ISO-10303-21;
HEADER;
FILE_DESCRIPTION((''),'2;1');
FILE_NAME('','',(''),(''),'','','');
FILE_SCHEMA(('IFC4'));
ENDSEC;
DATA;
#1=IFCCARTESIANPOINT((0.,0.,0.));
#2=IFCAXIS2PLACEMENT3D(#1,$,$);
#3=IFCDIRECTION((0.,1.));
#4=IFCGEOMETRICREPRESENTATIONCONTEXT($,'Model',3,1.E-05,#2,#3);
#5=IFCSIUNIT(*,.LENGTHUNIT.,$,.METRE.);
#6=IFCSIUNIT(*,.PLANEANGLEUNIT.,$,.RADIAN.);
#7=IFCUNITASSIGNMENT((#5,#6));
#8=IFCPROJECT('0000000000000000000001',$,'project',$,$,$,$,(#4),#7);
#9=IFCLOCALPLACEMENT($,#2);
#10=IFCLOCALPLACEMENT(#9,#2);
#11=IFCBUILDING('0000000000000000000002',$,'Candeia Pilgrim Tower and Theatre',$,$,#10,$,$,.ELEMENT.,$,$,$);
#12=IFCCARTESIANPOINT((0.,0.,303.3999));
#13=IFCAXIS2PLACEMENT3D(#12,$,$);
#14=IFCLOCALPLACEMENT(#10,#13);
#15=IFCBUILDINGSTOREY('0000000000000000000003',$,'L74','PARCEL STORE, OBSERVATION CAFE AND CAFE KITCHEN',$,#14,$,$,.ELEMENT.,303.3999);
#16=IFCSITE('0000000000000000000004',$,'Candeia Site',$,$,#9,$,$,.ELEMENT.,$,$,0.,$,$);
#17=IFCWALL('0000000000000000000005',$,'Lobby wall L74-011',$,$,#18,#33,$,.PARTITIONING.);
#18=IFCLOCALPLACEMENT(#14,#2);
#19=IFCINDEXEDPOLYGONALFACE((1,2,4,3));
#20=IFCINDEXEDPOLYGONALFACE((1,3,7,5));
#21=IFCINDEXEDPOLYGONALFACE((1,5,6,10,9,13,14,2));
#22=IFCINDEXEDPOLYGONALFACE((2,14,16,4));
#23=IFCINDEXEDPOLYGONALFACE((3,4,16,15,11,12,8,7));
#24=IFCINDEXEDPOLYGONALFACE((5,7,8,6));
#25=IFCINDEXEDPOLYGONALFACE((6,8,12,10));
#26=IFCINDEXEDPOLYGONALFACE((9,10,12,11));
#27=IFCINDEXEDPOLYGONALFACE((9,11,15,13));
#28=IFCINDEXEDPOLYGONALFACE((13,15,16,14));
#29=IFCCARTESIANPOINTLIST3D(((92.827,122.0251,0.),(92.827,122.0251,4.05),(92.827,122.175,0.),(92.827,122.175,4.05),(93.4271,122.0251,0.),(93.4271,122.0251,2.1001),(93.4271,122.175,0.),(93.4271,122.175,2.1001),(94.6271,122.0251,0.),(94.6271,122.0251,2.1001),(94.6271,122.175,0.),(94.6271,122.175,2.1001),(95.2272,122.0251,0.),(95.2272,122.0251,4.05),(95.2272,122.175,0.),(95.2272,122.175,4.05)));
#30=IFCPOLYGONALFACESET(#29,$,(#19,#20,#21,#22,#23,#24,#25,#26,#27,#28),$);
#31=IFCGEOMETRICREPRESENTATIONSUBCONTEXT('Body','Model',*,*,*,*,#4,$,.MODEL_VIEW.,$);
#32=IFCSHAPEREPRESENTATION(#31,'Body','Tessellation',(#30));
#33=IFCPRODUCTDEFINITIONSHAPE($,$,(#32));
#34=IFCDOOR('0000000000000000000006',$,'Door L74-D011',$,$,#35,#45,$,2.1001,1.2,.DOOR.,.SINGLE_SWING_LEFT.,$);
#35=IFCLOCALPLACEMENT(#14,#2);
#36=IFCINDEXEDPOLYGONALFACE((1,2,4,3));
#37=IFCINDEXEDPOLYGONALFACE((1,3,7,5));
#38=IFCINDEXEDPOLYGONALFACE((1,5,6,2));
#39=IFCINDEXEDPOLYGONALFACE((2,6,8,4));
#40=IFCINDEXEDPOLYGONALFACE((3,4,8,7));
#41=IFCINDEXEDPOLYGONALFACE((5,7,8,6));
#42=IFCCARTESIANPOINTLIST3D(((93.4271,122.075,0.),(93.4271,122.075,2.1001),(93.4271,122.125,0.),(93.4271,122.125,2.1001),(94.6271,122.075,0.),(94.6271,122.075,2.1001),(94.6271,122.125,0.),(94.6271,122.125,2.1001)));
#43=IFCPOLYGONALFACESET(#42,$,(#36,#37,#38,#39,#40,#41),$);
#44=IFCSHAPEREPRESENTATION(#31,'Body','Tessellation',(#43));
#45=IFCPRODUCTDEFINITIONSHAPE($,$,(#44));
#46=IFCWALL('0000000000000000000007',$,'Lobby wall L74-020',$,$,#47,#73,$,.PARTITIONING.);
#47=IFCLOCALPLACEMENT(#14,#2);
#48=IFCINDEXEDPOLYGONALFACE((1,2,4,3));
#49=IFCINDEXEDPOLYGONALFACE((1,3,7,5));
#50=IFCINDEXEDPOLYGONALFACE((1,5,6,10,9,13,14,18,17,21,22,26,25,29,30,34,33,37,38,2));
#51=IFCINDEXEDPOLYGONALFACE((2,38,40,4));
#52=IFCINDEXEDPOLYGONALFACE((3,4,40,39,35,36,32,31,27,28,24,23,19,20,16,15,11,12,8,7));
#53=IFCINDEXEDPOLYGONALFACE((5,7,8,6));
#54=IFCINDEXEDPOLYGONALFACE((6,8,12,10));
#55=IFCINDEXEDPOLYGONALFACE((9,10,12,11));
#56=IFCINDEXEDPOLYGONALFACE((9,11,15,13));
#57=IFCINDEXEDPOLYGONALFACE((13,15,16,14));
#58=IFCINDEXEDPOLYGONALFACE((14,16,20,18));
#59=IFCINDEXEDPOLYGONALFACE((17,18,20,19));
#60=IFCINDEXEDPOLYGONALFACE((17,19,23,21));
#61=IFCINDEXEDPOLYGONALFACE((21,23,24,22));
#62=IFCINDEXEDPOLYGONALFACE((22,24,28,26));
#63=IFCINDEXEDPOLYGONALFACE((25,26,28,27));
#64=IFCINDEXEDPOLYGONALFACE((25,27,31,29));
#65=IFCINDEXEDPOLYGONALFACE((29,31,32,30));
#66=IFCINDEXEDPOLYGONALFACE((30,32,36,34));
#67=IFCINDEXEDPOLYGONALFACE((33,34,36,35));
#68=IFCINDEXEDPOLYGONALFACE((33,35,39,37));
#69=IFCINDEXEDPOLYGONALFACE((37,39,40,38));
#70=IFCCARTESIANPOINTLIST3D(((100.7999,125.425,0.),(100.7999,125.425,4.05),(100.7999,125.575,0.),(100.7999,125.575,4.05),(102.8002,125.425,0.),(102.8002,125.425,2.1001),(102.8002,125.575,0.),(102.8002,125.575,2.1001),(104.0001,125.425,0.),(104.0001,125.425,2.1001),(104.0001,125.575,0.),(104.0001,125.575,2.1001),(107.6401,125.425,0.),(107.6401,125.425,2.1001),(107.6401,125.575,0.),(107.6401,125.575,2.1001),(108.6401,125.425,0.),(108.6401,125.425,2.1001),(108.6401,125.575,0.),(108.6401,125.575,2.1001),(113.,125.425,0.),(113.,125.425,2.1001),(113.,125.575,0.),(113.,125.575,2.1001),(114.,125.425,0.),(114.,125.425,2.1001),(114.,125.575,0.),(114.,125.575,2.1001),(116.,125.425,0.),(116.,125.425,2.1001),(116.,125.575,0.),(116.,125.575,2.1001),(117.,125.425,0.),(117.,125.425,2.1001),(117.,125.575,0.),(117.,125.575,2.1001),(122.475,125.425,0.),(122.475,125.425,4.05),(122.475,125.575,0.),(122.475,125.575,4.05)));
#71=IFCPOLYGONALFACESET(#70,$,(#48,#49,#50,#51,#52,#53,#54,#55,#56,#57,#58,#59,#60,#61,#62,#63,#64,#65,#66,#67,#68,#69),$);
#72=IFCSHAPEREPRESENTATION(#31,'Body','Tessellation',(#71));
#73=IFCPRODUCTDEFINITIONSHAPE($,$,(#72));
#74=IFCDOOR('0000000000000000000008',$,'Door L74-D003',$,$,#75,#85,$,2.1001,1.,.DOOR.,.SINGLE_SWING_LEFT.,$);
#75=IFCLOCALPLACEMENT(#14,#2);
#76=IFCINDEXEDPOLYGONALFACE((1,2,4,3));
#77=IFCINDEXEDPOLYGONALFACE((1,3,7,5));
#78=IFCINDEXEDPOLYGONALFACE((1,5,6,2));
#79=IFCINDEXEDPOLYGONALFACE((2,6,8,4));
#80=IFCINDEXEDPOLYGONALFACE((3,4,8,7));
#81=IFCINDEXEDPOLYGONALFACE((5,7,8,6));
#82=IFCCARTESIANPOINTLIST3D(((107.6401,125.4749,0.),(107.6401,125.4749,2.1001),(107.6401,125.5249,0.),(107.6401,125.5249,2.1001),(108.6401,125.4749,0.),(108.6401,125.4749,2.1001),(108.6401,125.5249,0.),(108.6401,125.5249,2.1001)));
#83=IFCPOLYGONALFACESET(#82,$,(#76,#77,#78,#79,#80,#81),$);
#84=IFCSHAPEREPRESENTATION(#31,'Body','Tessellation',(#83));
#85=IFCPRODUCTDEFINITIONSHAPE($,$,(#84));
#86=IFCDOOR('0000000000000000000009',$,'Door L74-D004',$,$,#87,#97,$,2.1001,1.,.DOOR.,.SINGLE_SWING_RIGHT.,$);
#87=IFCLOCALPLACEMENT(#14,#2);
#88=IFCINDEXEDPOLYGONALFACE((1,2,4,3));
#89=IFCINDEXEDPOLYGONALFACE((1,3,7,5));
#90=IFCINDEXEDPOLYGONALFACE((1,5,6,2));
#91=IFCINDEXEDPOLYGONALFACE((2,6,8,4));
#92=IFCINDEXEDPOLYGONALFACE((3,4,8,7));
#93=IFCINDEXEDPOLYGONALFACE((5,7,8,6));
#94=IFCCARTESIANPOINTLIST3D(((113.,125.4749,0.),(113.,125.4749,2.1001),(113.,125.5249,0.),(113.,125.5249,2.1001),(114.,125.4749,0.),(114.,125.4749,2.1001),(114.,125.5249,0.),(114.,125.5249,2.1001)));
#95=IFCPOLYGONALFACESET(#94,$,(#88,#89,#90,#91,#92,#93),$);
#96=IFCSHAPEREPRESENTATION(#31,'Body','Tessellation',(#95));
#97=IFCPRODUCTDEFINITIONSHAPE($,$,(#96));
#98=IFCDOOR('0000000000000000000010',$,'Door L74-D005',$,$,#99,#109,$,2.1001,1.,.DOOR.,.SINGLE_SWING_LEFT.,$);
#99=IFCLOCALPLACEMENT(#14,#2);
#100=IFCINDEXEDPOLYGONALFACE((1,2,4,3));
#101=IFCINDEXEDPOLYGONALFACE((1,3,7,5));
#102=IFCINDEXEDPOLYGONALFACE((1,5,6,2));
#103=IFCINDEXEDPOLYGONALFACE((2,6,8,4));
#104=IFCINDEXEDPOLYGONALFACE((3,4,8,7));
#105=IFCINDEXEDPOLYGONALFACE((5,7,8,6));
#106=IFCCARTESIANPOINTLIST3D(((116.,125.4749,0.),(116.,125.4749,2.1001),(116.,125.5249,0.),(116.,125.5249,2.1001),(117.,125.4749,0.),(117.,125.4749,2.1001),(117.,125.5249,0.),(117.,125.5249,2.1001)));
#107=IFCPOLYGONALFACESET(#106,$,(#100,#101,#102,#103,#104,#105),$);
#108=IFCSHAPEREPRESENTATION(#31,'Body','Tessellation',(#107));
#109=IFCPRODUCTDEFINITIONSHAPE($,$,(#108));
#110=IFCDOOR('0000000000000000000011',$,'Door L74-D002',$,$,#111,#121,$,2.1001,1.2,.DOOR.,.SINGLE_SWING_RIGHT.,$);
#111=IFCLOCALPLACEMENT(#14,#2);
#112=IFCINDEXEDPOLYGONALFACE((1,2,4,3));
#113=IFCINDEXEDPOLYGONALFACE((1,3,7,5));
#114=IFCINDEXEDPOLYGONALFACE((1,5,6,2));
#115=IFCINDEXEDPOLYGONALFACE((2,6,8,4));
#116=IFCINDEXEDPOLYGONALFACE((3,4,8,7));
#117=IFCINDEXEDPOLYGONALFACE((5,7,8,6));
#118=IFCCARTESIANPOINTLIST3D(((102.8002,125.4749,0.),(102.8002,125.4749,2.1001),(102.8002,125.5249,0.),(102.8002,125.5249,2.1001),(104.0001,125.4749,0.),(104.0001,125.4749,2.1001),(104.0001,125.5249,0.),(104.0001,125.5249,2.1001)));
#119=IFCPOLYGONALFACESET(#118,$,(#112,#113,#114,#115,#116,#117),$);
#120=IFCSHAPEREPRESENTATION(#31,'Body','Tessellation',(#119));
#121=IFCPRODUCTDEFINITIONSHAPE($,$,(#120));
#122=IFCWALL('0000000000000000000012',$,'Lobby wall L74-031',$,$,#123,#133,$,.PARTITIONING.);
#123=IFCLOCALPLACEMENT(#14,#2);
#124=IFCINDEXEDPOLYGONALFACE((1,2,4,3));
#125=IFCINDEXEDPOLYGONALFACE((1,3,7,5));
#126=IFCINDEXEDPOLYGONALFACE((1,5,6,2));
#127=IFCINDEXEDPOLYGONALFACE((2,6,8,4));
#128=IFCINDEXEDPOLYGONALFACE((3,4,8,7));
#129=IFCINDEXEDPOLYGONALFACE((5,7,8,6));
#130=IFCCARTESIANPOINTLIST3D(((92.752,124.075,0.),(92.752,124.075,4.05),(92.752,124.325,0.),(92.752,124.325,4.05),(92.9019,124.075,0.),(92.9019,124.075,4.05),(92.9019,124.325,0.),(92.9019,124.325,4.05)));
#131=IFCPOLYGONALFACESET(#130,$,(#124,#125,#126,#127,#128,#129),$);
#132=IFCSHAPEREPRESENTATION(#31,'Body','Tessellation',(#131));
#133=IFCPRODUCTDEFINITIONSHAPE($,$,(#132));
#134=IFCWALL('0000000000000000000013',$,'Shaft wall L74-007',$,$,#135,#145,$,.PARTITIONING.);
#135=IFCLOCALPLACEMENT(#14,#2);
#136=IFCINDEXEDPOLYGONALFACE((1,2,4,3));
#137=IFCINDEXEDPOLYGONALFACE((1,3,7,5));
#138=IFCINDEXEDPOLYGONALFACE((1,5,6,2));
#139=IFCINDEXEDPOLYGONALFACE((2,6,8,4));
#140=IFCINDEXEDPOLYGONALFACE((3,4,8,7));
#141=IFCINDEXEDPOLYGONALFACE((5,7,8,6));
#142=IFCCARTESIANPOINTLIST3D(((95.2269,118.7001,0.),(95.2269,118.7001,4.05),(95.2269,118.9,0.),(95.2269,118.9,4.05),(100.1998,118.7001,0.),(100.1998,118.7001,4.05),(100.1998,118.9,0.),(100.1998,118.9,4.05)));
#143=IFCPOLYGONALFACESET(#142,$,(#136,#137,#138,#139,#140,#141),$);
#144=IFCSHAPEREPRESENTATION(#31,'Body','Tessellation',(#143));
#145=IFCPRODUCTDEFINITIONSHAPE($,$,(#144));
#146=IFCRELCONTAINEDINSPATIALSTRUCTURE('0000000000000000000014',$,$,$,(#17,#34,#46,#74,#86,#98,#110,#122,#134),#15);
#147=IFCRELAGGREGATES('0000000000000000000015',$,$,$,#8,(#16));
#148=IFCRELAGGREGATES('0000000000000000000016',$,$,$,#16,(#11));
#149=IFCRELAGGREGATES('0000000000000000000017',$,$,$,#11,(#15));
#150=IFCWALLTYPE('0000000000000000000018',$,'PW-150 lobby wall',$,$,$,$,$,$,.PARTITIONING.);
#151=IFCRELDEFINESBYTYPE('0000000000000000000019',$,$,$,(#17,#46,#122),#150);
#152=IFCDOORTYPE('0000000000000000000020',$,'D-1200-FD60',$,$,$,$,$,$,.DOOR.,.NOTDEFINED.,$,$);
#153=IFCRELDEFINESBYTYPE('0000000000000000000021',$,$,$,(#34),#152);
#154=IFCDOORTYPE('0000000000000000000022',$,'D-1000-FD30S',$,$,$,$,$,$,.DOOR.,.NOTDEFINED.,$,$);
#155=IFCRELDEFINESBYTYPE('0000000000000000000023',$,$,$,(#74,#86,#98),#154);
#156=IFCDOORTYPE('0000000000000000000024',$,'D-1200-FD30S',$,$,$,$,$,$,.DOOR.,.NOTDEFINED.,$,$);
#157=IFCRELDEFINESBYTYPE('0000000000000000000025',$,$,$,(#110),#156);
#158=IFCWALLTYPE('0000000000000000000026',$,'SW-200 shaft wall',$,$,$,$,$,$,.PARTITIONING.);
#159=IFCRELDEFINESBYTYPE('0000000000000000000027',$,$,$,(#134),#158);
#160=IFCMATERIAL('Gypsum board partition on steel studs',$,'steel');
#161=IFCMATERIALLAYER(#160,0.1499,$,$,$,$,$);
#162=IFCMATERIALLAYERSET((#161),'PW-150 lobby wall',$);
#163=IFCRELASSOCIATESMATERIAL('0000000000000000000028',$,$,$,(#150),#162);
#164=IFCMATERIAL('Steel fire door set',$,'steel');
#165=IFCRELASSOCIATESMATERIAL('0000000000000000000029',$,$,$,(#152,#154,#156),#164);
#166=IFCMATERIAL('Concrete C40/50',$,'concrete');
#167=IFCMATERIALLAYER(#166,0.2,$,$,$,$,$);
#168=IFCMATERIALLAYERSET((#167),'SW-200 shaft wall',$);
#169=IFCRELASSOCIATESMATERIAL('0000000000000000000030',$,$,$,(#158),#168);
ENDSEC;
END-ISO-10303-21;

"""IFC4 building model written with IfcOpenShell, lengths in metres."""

from ifc_helpers import new_model, si_unit, direction, frame, frame_2d, origin, place, context, subcontext, project, spatial, rectangle, extrude, material, layer, layer_set, type_object, element, fill, save


model = new_model("IFC4")

# Units and contexts
model_context = context("Model", 3, precision=1e-05, world=origin(), true_north=direction((0.0, 1.0)))
body_context = subcontext(model_context, "Body", "Model", "MODEL_VIEW")
ifc_project = project(units=[si_unit("LENGTHUNIT", "METRE"), si_unit("PLANEANGLEUNIT", "RADIAN")], contexts=[model_context])

# Site, building, storey
site_placement = place(None, origin())
site = spatial("IfcSite", under=ifc_project, at=site_placement, Name="Candeia Site", CompositionType="ELEMENT", RefElevation=0.0)
building_placement = place(site_placement, origin())
building = spatial("IfcBuilding", under=site, at=building_placement, Name="Candeia Pilgrim Tower and Theatre", CompositionType="ELEMENT")
storey_placement = place(building_placement, frame((0.0, 0.0, 303.3999)))
storey = spatial("IfcBuildingStorey", under=building, at=storey_placement, Name="L74", Description="PARCEL STORE, OBSERVATION CAFE AND CAFE KITCHEN", CompositionType="ELEMENT", Elevation=303.3999)

# Wall, opening, door
ifc_material_1 = material(Name="Gypsum board partition on steel studs", Category="steel")
ifc_layer_1 = layer(ifc_material_1, 0.1499)
ifc_layer_set_1 = layer_set([ifc_layer_1], Name="PW-150 lobby wall")
wall_type_1 = type_object("IfcWallType", Name="PW-150 lobby wall", PredefinedType="PARTITIONING", material=ifc_layer_set_1)
wall_1_placement = place(storey_placement, frame((92.8269, 122.1001, 0.0), z_axis=(0.0, 0.0, 1.0), x_axis=(1.0, 0.0, 0.0)))
wall_1 = element("IfcWall", 1, at=wall_1_placement, inside=storey, type_object=wall_type_1, Name="Lobby wall L74-011", PredefinedType="PARTITIONING", context=body_context, shape_type="SweptSolid", body=[
    extrude(rectangle(XDim=2.4001, YDim=0.1499, at=frame_2d((1.2002, 0.0))), origin(), (0.0, 0.0, 1.0), 4.05),
])
opening_1_placement = place(wall_1_placement, frame((0.6001, 0.0, 0.0)))
opening_1 = element("IfcOpeningElement", 2, at=opening_1_placement, cuts=wall_1, PredefinedType="OPENING", context=body_context, shape_type="SweptSolid", body=[
    extrude(rectangle(XDim=1.2, YDim=2.1001, at=frame_2d((0.6001, 1.05))), frame((0.0, 0.085, 0.0), z_axis=(0.0, -1.0, 0.0), x_axis=(1.0, 0.0, 0.0)), (0.0, 0.0, 1.0), 0.1699),
])
ifc_material_2 = material(Name="Steel fire door set", Category="steel")
door_type_1 = type_object("IfcDoorType", Name="D-1200-FD60", OperationType="NOTDEFINED", PredefinedType="DOOR", material=ifc_material_2)
door_1_placement = place(opening_1_placement, origin())
door_1 = element("IfcDoor", 3, at=door_1_placement, inside=storey, type_object=door_type_1, Name="Door L74-D011", OperationType="SINGLE_SWING_LEFT", OverallHeight=2.1001, OverallWidth=1.2, PredefinedType="DOOR", context=body_context, shape_type="SweptSolid", body=[
    extrude(rectangle(XDim=1.2, YDim=2.1001, at=frame_2d((0.6001, 1.05))), frame((0.0, 0.0249, 0.0), z_axis=(0.0, -1.0, 0.0), x_axis=(1.0, 0.0, 0.0)), (0.0, 0.0, 1.0), 0.05),
])
fill(opening_1, door_1)

# Wall, openings, doors
wall_2_placement = place(storey_placement, frame((100.8, 125.5, 0.0), z_axis=(0.0, 0.0, 1.0), x_axis=(1.0, 0.0, 0.0)))
wall_2 = element("IfcWall", 4, at=wall_2_placement, inside=storey, type_object=wall_type_1, Name="Lobby wall L74-020", PredefinedType="PARTITIONING", context=body_context, shape_type="SweptSolid", body=[
    extrude(rectangle(XDim=21.675, YDim=0.1499, at=frame_2d((10.8374, 0.0))), origin(), (0.0, 0.0, 1.0), 4.05),
])
opening_2_placement = place(wall_2_placement, frame((2.0, 0.0, 0.0)))
opening_2 = element("IfcOpeningElement", 5, at=opening_2_placement, cuts=wall_2, PredefinedType="OPENING", context=body_context, shape_type="SweptSolid", body=[
    extrude(rectangle(XDim=1.2, YDim=2.1001, at=frame_2d((0.6001, 1.05))), frame((0.0, 0.085, 0.0), z_axis=(0.0, -1.0, 0.0), x_axis=(1.0, 0.0, 0.0)), (0.0, 0.0, 1.0), 0.1699),
])
opening_3_placement = place(wall_2_placement, frame((6.8401, 0.0, 0.0)))
opening_3 = element("IfcOpeningElement", 6, at=opening_3_placement, cuts=wall_2, PredefinedType="OPENING", context=body_context, shape_type="SweptSolid", body=[
    extrude(rectangle(XDim=1.0, YDim=2.1001, at=frame_2d((0.5, 1.05))), frame((0.0, 0.085, 0.0), z_axis=(0.0, -1.0, 0.0), x_axis=(1.0, 0.0, 0.0)), (0.0, 0.0, 1.0), 0.1699),
])
opening_4_placement = place(wall_2_placement, frame((12.2, 0.0, 0.0)))
opening_4 = element("IfcOpeningElement", 7, at=opening_4_placement, cuts=wall_2, PredefinedType="OPENING", context=body_context, shape_type="SweptSolid", body=[
    extrude(rectangle(XDim=1.0, YDim=2.1001, at=frame_2d((0.5, 1.05))), frame((0.0, 0.085, 0.0), z_axis=(0.0, -1.0, 0.0), x_axis=(1.0, 0.0, 0.0)), (0.0, 0.0, 1.0), 0.1699),
])
opening_5_placement = place(wall_2_placement, frame((15.2, 0.0, 0.0)))
opening_5 = element("IfcOpeningElement", 8, at=opening_5_placement, cuts=wall_2, PredefinedType="OPENING", context=body_context, shape_type="SweptSolid", body=[
    extrude(rectangle(XDim=1.0, YDim=2.1001, at=frame_2d((0.5, 1.05))), frame((0.0, 0.085, 0.0), z_axis=(0.0, -1.0, 0.0), x_axis=(1.0, 0.0, 0.0)), (0.0, 0.0, 1.0), 0.1699),
])
door_type_2 = type_object("IfcDoorType", Name="D-1000-FD30S", OperationType="NOTDEFINED", PredefinedType="DOOR", material=ifc_material_2)
door_2_placement = place(opening_3_placement, origin())
door_2 = element("IfcDoor", 9, at=door_2_placement, inside=storey, type_object=door_type_2, Name="Door L74-D003", OperationType="SINGLE_SWING_LEFT", OverallHeight=2.1001, OverallWidth=1.0, PredefinedType="DOOR", context=body_context, shape_type="SweptSolid", body=[
    extrude(rectangle(XDim=1.0, YDim=2.1001, at=frame_2d((0.5, 1.05))), frame((0.0, 0.0249, 0.0), z_axis=(0.0, -1.0, 0.0), x_axis=(1.0, 0.0, 0.0)), (0.0, 0.0, 1.0), 0.05),
])
fill(opening_3, door_2)
door_3_placement = place(opening_4_placement, origin())
door_3 = element("IfcDoor", 10, at=door_3_placement, inside=storey, type_object=door_type_2, Name="Door L74-D004", OperationType="SINGLE_SWING_RIGHT", OverallHeight=2.1001, OverallWidth=1.0, PredefinedType="DOOR", context=body_context, shape_type="SweptSolid", body=[
    extrude(rectangle(XDim=1.0, YDim=2.1001, at=frame_2d((0.5, 1.05))), frame((0.0, 0.0249, 0.0), z_axis=(0.0, -1.0, 0.0), x_axis=(1.0, 0.0, 0.0)), (0.0, 0.0, 1.0), 0.05),
])
fill(opening_4, door_3)
door_4_placement = place(opening_5_placement, origin())
door_4 = element("IfcDoor", 11, at=door_4_placement, inside=storey, type_object=door_type_2, Name="Door L74-D005", OperationType="SINGLE_SWING_LEFT", OverallHeight=2.1001, OverallWidth=1.0, PredefinedType="DOOR", context=body_context, shape_type="SweptSolid", body=[
    extrude(rectangle(XDim=1.0, YDim=2.1001, at=frame_2d((0.5, 1.05))), frame((0.0, 0.0249, 0.0), z_axis=(0.0, -1.0, 0.0), x_axis=(1.0, 0.0, 0.0)), (0.0, 0.0, 1.0), 0.05),
])
fill(opening_5, door_4)
door_type_3 = type_object("IfcDoorType", Name="D-1200-FD30S", OperationType="NOTDEFINED", PredefinedType="DOOR", material=ifc_material_2)
door_5_placement = place(opening_2_placement, origin())
door_5 = element("IfcDoor", 12, at=door_5_placement, inside=storey, type_object=door_type_3, Name="Door L74-D002", OperationType="SINGLE_SWING_RIGHT", OverallHeight=2.1001, OverallWidth=1.2, PredefinedType="DOOR", context=body_context, shape_type="SweptSolid", body=[
    extrude(rectangle(XDim=1.2, YDim=2.1001, at=frame_2d((0.6001, 1.05))), frame((0.0, 0.0249, 0.0), z_axis=(0.0, -1.0, 0.0), x_axis=(1.0, 0.0, 0.0)), (0.0, 0.0, 1.0), 0.05),
])
fill(opening_2, door_5)

# Walls
wall_3_placement = place(storey_placement, frame((92.8269, 124.075, 0.0), z_axis=(0.0, 0.0, 1.0), x_axis=(0.0, 1.0, 0.0)))
element("IfcWall", 13, at=wall_3_placement, inside=storey, type_object=wall_type_1, Name="Lobby wall L74-031", PredefinedType="PARTITIONING", context=body_context, shape_type="SweptSolid", body=[
    extrude(rectangle(XDim=0.25, YDim=0.1499, at=frame_2d((0.125, 0.0))), origin(), (0.0, 0.0, 1.0), 4.05),
])
ifc_material_3 = material(Name="Concrete C40/50", Category="concrete")
ifc_layer_2 = layer(ifc_material_3, 0.2)
ifc_layer_set_2 = layer_set([ifc_layer_2], Name="SW-200 shaft wall")
wall_type_2 = type_object("IfcWallType", Name="SW-200 shaft wall", PredefinedType="PARTITIONING", material=ifc_layer_set_2)
wall_4_placement = place(storey_placement, frame((95.2271, 118.8, 0.0), z_axis=(0.0, 0.0, 1.0), x_axis=(1.0, 0.0, 0.0)))
element("IfcWall", 14, at=wall_4_placement, inside=storey, type_object=wall_type_2, Name="Shaft wall L74-007", PredefinedType="PARTITIONING", context=body_context, shape_type="SweptSolid", body=[
    extrude(rectangle(XDim=4.9729, YDim=0.2, at=frame_2d((2.4863, 0.0))), origin(), (0.0, 0.0, 1.0), 4.05),
])

save(model, "model.ifc")
